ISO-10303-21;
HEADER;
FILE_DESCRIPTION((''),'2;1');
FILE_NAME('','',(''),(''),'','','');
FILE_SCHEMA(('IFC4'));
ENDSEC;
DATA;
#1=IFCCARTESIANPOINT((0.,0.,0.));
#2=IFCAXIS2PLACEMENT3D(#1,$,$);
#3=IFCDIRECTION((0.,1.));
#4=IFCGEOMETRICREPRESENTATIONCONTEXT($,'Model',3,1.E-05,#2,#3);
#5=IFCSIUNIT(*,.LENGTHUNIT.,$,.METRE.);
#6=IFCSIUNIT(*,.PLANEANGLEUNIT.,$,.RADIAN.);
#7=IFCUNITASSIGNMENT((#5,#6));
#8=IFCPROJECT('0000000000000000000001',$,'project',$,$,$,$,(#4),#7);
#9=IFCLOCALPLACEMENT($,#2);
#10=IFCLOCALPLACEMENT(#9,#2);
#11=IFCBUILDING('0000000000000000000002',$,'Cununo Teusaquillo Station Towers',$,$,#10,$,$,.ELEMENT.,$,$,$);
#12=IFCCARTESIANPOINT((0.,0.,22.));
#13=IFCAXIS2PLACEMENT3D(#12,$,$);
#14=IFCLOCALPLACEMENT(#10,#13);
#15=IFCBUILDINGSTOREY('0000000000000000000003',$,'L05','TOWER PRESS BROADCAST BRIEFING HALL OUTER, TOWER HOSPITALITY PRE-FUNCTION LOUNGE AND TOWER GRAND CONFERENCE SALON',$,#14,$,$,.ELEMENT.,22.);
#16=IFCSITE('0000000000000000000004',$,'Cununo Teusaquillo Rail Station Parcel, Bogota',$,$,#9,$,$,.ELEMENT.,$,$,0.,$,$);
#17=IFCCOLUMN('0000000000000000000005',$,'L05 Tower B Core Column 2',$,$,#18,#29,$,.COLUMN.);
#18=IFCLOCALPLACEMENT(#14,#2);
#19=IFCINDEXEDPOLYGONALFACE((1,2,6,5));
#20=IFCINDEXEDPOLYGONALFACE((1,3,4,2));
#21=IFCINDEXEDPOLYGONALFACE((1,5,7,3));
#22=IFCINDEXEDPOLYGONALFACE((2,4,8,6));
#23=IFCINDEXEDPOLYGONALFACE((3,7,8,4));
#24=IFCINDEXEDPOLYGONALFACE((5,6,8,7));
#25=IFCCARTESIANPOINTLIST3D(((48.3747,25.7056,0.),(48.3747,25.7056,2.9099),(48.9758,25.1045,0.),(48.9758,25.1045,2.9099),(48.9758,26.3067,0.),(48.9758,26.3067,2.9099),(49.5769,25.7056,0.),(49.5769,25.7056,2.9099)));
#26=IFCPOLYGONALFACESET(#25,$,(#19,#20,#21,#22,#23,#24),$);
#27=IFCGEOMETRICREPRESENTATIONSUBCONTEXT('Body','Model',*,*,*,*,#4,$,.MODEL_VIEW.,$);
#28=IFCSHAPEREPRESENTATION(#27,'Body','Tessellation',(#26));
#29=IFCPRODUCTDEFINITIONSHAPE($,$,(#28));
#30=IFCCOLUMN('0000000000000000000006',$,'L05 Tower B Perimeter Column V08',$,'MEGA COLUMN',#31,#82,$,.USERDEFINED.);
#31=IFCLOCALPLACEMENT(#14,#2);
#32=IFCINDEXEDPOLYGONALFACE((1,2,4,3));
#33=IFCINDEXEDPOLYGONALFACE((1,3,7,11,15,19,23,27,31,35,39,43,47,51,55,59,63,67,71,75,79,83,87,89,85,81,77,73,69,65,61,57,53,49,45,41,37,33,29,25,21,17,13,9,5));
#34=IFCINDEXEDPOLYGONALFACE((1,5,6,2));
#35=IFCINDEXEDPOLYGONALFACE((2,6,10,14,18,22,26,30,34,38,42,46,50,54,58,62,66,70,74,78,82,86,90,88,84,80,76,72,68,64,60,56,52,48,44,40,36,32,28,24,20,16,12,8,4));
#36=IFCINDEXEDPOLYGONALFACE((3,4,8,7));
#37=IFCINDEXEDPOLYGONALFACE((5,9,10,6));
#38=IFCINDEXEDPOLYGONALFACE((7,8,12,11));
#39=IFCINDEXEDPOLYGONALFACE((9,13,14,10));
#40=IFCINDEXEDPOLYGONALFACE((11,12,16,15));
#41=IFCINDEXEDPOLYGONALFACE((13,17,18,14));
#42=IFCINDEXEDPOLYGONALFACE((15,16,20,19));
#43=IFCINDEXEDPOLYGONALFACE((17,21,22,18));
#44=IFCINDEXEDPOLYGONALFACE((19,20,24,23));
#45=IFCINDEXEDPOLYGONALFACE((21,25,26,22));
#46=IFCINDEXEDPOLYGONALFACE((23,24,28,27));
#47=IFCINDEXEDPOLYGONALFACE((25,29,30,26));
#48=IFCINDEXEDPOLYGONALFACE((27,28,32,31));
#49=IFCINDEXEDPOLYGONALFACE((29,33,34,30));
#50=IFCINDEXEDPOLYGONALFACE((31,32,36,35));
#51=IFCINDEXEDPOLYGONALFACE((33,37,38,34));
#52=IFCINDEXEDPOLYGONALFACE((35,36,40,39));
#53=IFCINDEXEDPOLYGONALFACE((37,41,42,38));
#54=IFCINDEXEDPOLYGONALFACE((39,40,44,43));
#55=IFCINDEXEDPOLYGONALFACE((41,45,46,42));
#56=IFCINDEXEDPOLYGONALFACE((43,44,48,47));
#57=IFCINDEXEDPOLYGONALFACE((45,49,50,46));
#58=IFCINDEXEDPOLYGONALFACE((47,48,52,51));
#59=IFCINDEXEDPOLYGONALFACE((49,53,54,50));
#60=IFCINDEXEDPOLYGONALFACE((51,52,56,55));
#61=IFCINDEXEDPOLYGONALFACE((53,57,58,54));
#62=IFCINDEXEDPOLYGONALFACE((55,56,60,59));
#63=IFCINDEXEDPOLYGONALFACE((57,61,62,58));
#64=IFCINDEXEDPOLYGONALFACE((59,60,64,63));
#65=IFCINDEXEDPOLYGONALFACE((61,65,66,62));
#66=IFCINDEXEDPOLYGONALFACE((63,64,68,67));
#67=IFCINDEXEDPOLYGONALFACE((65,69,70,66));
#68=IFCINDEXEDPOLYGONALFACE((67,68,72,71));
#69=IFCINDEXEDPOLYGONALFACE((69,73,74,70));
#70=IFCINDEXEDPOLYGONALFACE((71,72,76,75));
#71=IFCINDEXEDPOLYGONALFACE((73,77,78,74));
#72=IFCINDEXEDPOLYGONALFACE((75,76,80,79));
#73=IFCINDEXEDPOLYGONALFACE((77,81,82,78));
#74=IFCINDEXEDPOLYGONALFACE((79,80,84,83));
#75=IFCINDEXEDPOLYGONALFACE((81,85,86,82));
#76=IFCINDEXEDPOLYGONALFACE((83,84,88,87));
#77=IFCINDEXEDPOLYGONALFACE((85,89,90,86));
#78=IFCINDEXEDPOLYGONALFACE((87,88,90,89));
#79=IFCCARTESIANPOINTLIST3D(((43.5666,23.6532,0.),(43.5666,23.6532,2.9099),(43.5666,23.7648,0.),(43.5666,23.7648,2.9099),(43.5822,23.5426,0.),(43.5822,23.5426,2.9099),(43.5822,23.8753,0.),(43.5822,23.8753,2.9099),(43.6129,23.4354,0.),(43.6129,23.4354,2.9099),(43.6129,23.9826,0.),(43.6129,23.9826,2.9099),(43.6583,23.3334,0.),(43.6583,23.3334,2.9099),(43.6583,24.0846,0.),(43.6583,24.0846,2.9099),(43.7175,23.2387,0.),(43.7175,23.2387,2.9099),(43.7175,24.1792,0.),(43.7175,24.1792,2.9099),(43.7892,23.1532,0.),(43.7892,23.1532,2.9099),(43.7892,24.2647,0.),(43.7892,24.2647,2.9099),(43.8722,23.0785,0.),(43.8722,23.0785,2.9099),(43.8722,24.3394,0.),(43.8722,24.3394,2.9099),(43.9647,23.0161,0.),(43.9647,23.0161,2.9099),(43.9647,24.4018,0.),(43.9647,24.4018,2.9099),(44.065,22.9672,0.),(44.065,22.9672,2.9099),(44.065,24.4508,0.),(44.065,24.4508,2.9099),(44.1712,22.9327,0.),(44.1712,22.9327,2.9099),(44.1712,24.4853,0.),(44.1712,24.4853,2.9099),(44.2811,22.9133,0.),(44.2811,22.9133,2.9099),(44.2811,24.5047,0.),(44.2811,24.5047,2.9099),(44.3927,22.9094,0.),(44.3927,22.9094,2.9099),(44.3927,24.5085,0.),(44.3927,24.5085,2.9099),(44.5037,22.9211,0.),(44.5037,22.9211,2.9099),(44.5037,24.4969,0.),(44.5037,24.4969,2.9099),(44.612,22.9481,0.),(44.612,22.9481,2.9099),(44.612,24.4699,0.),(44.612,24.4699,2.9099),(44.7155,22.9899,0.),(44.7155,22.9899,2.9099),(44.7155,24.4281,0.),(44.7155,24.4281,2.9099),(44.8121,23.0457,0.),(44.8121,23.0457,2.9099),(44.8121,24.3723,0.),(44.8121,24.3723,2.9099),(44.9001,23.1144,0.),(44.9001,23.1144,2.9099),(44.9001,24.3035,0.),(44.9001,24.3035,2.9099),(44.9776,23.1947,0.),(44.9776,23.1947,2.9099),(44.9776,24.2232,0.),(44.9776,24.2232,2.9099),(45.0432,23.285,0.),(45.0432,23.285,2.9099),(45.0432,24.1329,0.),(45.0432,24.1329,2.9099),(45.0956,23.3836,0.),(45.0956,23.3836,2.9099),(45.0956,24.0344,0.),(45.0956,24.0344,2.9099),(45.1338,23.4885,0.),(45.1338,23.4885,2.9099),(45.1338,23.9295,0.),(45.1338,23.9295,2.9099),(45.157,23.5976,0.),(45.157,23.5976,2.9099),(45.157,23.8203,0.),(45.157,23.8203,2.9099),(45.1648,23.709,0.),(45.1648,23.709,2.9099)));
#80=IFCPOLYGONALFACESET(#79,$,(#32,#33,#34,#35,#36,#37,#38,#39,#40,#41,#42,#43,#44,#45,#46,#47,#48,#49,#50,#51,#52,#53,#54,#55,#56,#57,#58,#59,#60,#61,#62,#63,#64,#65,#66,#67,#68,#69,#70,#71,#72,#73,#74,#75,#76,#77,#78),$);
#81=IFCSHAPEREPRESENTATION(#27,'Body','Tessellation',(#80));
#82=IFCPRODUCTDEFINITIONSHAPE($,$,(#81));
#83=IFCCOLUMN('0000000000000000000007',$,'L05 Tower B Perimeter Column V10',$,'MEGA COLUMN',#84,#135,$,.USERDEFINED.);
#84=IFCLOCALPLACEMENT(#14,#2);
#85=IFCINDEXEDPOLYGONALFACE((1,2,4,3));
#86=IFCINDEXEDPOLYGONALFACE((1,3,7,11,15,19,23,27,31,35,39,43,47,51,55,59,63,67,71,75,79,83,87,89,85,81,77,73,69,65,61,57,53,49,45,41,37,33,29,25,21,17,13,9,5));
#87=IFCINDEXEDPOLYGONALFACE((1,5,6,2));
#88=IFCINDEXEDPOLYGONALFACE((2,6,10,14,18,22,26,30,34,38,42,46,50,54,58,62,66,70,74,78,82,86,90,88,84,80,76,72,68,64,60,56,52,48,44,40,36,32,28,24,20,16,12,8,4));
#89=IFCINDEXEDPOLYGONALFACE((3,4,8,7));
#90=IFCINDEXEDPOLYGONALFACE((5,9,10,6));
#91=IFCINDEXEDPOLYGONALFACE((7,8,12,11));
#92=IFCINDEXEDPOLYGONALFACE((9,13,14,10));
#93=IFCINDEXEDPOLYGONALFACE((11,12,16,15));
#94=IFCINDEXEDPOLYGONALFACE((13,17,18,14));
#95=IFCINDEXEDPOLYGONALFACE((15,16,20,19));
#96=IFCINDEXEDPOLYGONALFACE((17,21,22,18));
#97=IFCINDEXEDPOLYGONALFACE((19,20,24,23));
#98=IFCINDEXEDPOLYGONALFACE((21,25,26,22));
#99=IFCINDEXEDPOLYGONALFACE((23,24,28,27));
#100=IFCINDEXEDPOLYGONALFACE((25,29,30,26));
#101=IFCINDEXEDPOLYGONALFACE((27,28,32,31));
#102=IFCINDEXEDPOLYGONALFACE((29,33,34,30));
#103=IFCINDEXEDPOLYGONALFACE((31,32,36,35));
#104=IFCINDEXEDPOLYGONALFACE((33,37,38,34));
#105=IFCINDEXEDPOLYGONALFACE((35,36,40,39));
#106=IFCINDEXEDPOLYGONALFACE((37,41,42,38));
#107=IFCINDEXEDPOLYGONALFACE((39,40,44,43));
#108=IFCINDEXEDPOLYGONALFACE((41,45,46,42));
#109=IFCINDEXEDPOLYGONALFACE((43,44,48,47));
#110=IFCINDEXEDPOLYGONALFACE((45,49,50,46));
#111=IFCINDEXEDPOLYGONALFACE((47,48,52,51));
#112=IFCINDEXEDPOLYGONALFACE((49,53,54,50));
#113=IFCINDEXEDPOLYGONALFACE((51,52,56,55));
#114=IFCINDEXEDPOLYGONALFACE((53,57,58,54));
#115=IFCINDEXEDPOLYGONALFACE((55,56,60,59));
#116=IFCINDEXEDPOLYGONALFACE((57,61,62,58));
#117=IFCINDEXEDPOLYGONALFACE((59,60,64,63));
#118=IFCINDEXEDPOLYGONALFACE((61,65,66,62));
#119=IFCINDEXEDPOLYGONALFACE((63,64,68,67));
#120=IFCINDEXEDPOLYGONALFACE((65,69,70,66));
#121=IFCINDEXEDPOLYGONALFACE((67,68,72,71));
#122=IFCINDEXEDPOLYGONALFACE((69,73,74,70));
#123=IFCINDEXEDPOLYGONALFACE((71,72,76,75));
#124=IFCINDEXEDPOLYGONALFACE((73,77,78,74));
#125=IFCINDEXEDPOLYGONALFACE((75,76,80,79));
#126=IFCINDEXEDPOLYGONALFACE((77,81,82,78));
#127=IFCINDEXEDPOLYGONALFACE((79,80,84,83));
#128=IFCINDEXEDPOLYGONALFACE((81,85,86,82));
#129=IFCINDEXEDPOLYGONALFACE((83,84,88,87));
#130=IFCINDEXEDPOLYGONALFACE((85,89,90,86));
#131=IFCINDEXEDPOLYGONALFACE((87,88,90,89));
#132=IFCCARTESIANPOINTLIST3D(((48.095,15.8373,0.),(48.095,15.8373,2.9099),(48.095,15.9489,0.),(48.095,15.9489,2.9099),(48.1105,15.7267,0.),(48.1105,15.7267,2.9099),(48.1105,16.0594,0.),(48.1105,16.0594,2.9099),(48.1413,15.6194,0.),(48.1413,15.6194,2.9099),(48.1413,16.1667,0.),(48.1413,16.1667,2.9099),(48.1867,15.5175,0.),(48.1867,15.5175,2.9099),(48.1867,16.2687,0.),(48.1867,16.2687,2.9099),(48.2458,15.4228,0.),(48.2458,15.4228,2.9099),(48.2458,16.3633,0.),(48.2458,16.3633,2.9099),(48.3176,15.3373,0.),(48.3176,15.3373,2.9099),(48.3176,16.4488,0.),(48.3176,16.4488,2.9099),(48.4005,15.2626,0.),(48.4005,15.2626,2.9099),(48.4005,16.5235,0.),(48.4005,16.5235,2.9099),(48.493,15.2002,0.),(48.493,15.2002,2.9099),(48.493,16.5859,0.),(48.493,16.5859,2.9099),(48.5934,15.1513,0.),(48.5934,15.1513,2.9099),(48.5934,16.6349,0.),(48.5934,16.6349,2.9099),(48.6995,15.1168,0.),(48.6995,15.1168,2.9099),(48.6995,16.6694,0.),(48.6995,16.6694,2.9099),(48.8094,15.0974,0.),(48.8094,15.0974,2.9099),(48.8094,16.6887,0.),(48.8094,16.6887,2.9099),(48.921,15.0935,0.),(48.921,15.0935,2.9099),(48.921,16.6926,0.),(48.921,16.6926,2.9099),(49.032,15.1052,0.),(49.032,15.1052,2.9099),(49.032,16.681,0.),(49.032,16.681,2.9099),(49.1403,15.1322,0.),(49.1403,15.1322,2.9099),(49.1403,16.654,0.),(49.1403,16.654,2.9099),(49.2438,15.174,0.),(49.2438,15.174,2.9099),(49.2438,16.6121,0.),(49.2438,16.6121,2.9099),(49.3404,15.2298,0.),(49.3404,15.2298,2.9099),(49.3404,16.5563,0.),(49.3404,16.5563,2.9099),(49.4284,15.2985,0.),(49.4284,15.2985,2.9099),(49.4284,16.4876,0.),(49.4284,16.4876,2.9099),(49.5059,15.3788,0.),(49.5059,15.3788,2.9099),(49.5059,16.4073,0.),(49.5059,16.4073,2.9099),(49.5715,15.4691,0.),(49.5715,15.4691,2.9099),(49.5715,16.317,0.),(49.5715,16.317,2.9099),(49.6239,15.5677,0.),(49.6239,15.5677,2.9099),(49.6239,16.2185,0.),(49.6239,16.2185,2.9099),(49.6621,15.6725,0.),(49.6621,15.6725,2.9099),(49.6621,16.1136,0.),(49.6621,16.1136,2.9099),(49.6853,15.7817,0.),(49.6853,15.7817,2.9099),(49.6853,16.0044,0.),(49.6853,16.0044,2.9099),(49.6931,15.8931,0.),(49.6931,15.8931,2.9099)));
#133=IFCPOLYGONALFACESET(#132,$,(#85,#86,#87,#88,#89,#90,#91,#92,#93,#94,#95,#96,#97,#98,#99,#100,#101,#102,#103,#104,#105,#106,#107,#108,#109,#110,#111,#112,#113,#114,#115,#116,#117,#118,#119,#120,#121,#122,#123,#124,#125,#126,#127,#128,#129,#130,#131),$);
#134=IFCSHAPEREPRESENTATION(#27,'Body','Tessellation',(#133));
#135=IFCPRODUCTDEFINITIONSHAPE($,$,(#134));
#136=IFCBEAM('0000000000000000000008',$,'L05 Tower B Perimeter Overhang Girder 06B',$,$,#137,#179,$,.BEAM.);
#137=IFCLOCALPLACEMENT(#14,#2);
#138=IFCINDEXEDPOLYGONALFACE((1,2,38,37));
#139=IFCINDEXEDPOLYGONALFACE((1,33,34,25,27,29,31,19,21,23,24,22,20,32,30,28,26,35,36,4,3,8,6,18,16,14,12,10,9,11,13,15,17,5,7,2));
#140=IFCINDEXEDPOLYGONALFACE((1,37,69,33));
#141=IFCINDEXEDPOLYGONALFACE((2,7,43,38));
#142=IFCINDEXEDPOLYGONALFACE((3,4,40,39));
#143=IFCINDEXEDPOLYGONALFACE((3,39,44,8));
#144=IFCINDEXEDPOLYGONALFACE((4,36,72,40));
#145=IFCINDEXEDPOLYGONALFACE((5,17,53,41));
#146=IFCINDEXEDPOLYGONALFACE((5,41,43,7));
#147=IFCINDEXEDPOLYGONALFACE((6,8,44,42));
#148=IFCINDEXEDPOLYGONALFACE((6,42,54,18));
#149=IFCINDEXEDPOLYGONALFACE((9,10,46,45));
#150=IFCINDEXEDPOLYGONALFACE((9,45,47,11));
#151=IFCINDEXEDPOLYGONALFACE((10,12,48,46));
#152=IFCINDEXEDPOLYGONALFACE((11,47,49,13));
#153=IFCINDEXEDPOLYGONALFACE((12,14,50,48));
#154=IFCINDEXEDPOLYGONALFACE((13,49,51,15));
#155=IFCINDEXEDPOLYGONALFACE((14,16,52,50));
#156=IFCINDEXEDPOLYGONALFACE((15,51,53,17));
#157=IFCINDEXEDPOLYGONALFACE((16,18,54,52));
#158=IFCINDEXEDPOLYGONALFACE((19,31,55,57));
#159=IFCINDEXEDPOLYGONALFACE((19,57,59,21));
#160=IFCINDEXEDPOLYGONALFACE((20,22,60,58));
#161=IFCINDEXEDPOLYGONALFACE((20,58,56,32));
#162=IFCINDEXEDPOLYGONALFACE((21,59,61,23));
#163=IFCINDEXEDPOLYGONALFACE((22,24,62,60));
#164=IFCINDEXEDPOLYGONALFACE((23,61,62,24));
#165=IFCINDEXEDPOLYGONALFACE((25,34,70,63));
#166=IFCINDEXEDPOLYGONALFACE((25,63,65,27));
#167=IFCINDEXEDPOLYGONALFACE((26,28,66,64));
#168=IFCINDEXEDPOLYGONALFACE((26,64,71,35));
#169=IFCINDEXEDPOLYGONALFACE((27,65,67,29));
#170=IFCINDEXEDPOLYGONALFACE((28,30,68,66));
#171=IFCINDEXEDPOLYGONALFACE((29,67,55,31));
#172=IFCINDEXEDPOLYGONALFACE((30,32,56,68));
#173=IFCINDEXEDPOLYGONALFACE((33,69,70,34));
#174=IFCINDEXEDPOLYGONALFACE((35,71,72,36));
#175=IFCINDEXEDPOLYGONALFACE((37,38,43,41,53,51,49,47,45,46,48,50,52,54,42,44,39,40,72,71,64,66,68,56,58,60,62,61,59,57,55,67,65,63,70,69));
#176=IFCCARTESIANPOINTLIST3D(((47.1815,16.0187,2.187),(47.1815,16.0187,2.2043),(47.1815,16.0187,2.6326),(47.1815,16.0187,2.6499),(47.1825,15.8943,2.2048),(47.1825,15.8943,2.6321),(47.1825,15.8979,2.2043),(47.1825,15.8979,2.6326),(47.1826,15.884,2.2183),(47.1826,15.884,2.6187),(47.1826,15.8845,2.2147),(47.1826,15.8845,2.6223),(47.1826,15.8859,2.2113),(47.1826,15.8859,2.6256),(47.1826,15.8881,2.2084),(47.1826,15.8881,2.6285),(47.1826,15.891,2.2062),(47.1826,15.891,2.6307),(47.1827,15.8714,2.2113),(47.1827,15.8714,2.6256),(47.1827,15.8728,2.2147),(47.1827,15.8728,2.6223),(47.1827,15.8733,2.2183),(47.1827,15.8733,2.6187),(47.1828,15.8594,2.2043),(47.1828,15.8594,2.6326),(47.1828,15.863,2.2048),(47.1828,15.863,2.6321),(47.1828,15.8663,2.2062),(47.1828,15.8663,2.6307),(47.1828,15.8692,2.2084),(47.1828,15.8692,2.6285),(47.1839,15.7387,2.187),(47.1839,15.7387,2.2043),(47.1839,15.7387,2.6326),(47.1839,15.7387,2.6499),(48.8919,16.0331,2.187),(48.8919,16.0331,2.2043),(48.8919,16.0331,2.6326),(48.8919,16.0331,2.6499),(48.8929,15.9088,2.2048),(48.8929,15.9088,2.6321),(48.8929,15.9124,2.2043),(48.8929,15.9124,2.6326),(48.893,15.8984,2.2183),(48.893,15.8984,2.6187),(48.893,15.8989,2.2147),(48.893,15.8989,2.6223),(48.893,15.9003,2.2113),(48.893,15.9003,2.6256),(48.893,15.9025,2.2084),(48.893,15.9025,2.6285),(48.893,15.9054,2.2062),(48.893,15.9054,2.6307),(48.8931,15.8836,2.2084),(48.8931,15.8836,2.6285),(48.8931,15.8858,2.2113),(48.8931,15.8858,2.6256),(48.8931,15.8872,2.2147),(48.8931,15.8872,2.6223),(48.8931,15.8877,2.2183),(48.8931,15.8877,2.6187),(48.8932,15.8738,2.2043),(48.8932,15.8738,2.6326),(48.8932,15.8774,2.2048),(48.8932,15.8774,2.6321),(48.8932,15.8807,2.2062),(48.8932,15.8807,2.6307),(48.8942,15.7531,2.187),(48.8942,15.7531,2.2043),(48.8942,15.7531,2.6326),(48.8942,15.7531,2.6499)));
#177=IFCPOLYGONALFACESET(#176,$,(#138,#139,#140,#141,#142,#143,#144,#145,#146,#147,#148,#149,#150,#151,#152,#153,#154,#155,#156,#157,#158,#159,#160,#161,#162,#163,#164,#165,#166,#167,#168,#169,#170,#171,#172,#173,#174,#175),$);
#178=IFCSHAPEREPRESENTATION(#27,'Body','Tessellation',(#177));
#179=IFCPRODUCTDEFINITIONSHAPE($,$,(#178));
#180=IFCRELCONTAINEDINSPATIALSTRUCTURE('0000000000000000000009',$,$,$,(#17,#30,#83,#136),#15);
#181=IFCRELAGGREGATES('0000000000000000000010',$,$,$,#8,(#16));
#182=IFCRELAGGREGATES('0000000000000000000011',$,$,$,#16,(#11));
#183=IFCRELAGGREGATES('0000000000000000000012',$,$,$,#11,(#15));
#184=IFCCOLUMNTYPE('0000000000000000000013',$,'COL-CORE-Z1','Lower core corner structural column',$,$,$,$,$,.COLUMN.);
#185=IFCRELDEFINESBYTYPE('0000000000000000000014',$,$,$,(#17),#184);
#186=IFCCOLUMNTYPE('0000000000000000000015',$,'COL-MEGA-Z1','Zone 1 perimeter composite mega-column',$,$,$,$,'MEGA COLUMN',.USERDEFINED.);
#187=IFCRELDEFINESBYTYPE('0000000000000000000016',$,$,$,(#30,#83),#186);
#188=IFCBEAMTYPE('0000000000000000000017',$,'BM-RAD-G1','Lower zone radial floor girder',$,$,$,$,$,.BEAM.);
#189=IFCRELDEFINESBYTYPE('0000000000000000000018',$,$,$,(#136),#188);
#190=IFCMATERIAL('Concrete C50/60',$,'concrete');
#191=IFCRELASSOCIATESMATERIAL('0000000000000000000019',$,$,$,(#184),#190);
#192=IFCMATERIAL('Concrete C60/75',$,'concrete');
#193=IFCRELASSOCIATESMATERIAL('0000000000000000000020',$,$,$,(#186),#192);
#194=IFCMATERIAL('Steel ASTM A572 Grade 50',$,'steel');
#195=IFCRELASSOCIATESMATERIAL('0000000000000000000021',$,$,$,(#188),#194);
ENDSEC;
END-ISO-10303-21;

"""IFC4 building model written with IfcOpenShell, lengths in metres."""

from ifc_helpers import new_model, si_unit, direction, frame, origin, origin_2d, place, context, subcontext, project, spatial, rectangle, circle, i_section, extrude, material, material_profile, profile_set, type_object, element, save


model = new_model("IFC4")

# Units and contexts
model_context = context("Model", 3, precision=1e-05, world=origin(), true_north=direction((0.0, 1.0)))
body_context = subcontext(model_context, "Body", "Model", "MODEL_VIEW")
ifc_project = project(units=[si_unit("LENGTHUNIT", "METRE"), si_unit("PLANEANGLEUNIT", "RADIAN")], contexts=[model_context])

# Site, building, storey
site_placement = place(None, origin())
site = spatial("IfcSite", under=ifc_project, at=site_placement, Name="Cununo Teusaquillo Rail Station Parcel, Bogota", CompositionType="ELEMENT", RefElevation=0.0)
building_placement = place(site_placement, origin())
building = spatial("IfcBuilding", under=site, at=building_placement, Name="Cununo Teusaquillo Station Towers", CompositionType="ELEMENT")
storey_placement = place(building_placement, frame((0.0, 0.0, 22.0)))
storey = spatial("IfcBuildingStorey", under=building, at=storey_placement, Name="L05", Description="TOWER PRESS BROADCAST BRIEFING HALL OUTER, TOWER HOSPITALITY PRE-FUNCTION LOUNGE AND TOWER GRAND CONFERENCE SALON", CompositionType="ELEMENT", Elevation=22.0)

# Columns
ifc_material_1 = material(Name="Concrete C50/60", Category="concrete")
ifc_material_profile_1 = material_profile(ifc_material_1, rectangle(XDim=0.8501, YDim=0.8501, at=origin_2d()), Name="RC-RECT-850x850")
ifc_profile_set_1 = profile_set([ifc_material_profile_1], Name="Concrete C50/60")
column_type_1 = type_object("IfcColumnType", Name="COL-CORE-Z1", Description="Lower core corner structural column", PredefinedType="COLUMN", material=ifc_profile_set_1)
column_placement = place(storey_placement, frame((48.9758, 25.7056, 0.0), z_axis=(0.0, 0.0, 1.0), x_axis=(0.707107, 0.707107, 0.0)))
element("IfcColumn", 1, at=column_placement, inside=storey, type_object=column_type_1, Name="L05 Tower B Core Column 2", PredefinedType="COLUMN", context=body_context, shape_type="SweptSolid", body=[
    extrude(rectangle(XDim=0.8501, YDim=0.8501, at=origin_2d()), origin(), (0.0, 0.0, 1.0), 2.9099),
])
ifc_material_2 = material(Name="Concrete C60/75", Category="concrete")
ifc_material_profile_2 = material_profile(ifc_material_2, circle(Radius=0.8, at=origin_2d()), Name="RC-CIRC-1600")
ifc_profile_set_2 = profile_set([ifc_material_profile_2], Name="Concrete C60/75")
column_type_2 = type_object("IfcColumnType", Name="COL-MEGA-Z1", Description="Zone 1 perimeter composite mega-column", ElementType="MEGA COLUMN", PredefinedType="USERDEFINED", material=ifc_profile_set_2)
for number, where, z_axis, x_axis, name in (
    (2, (44.3647, 23.709, 0.0), (0.0, 0.0, 1.0), (1.0, 0.0, 0.0), "L05 Tower B Perimeter Column V08"),
    (3, (48.8931, 15.8931, 0.0), (0.0, 0.0, 1.0), (1.0, 0.0, 0.0), "L05 Tower B Perimeter Column V10"),
):
    element("IfcColumn", number, at=place(storey_placement, frame(where, z_axis=z_axis, x_axis=x_axis)), inside=storey, type_object=column_type_2, Name=name, ObjectType="MEGA COLUMN", PredefinedType="USERDEFINED", context=body_context, shape_type="SweptSolid", body=[
        extrude(circle(Radius=0.8, at=origin_2d()), origin(), (0.0, 0.0, 1.0), 2.9099),
    ])

# Beam
ifc_material_3 = material(Name="Steel ASTM A572 Grade 50", Category="steel")
ifc_material_profile_3 = material_profile(ifc_material_3, i_section(OverallWidth=0.28, OverallDepth=0.4629, WebThickness=0.0107, FlangeThickness=0.0173, FilletRadius=0.0139, at=origin_2d()), Name="W18X76")
ifc_profile_set_3 = profile_set([ifc_material_profile_3], Name="Steel ASTM A572 Grade 50")
beam_type_1 = type_object("IfcBeamType", Name="BM-RAD-G1", Description="Lower zone radial floor girder", PredefinedType="BEAM", material=ifc_profile_set_3)
beam_1_placement = place(storey_placement, frame((48.8931, 15.8931, 2.4185), z_axis=(-0.999965, -0.008421, 0.0), x_axis=(0.008421, -0.999965, 0.0)))
element("IfcBeam", 4, at=beam_1_placement, inside=storey, type_object=beam_type_1, Name="L05 Tower B Perimeter Overhang Girder 06B", PredefinedType="BEAM", context=body_context, shape_type="SweptSolid", body=[
    extrude(i_section(OverallWidth=0.28, OverallDepth=0.4629, WebThickness=0.0107, FlangeThickness=0.0173, FilletRadius=0.0139, at=origin_2d()), origin(), (0.0, 0.0, 1.0), 1.7104),
])

save(model, "model.ifc")
